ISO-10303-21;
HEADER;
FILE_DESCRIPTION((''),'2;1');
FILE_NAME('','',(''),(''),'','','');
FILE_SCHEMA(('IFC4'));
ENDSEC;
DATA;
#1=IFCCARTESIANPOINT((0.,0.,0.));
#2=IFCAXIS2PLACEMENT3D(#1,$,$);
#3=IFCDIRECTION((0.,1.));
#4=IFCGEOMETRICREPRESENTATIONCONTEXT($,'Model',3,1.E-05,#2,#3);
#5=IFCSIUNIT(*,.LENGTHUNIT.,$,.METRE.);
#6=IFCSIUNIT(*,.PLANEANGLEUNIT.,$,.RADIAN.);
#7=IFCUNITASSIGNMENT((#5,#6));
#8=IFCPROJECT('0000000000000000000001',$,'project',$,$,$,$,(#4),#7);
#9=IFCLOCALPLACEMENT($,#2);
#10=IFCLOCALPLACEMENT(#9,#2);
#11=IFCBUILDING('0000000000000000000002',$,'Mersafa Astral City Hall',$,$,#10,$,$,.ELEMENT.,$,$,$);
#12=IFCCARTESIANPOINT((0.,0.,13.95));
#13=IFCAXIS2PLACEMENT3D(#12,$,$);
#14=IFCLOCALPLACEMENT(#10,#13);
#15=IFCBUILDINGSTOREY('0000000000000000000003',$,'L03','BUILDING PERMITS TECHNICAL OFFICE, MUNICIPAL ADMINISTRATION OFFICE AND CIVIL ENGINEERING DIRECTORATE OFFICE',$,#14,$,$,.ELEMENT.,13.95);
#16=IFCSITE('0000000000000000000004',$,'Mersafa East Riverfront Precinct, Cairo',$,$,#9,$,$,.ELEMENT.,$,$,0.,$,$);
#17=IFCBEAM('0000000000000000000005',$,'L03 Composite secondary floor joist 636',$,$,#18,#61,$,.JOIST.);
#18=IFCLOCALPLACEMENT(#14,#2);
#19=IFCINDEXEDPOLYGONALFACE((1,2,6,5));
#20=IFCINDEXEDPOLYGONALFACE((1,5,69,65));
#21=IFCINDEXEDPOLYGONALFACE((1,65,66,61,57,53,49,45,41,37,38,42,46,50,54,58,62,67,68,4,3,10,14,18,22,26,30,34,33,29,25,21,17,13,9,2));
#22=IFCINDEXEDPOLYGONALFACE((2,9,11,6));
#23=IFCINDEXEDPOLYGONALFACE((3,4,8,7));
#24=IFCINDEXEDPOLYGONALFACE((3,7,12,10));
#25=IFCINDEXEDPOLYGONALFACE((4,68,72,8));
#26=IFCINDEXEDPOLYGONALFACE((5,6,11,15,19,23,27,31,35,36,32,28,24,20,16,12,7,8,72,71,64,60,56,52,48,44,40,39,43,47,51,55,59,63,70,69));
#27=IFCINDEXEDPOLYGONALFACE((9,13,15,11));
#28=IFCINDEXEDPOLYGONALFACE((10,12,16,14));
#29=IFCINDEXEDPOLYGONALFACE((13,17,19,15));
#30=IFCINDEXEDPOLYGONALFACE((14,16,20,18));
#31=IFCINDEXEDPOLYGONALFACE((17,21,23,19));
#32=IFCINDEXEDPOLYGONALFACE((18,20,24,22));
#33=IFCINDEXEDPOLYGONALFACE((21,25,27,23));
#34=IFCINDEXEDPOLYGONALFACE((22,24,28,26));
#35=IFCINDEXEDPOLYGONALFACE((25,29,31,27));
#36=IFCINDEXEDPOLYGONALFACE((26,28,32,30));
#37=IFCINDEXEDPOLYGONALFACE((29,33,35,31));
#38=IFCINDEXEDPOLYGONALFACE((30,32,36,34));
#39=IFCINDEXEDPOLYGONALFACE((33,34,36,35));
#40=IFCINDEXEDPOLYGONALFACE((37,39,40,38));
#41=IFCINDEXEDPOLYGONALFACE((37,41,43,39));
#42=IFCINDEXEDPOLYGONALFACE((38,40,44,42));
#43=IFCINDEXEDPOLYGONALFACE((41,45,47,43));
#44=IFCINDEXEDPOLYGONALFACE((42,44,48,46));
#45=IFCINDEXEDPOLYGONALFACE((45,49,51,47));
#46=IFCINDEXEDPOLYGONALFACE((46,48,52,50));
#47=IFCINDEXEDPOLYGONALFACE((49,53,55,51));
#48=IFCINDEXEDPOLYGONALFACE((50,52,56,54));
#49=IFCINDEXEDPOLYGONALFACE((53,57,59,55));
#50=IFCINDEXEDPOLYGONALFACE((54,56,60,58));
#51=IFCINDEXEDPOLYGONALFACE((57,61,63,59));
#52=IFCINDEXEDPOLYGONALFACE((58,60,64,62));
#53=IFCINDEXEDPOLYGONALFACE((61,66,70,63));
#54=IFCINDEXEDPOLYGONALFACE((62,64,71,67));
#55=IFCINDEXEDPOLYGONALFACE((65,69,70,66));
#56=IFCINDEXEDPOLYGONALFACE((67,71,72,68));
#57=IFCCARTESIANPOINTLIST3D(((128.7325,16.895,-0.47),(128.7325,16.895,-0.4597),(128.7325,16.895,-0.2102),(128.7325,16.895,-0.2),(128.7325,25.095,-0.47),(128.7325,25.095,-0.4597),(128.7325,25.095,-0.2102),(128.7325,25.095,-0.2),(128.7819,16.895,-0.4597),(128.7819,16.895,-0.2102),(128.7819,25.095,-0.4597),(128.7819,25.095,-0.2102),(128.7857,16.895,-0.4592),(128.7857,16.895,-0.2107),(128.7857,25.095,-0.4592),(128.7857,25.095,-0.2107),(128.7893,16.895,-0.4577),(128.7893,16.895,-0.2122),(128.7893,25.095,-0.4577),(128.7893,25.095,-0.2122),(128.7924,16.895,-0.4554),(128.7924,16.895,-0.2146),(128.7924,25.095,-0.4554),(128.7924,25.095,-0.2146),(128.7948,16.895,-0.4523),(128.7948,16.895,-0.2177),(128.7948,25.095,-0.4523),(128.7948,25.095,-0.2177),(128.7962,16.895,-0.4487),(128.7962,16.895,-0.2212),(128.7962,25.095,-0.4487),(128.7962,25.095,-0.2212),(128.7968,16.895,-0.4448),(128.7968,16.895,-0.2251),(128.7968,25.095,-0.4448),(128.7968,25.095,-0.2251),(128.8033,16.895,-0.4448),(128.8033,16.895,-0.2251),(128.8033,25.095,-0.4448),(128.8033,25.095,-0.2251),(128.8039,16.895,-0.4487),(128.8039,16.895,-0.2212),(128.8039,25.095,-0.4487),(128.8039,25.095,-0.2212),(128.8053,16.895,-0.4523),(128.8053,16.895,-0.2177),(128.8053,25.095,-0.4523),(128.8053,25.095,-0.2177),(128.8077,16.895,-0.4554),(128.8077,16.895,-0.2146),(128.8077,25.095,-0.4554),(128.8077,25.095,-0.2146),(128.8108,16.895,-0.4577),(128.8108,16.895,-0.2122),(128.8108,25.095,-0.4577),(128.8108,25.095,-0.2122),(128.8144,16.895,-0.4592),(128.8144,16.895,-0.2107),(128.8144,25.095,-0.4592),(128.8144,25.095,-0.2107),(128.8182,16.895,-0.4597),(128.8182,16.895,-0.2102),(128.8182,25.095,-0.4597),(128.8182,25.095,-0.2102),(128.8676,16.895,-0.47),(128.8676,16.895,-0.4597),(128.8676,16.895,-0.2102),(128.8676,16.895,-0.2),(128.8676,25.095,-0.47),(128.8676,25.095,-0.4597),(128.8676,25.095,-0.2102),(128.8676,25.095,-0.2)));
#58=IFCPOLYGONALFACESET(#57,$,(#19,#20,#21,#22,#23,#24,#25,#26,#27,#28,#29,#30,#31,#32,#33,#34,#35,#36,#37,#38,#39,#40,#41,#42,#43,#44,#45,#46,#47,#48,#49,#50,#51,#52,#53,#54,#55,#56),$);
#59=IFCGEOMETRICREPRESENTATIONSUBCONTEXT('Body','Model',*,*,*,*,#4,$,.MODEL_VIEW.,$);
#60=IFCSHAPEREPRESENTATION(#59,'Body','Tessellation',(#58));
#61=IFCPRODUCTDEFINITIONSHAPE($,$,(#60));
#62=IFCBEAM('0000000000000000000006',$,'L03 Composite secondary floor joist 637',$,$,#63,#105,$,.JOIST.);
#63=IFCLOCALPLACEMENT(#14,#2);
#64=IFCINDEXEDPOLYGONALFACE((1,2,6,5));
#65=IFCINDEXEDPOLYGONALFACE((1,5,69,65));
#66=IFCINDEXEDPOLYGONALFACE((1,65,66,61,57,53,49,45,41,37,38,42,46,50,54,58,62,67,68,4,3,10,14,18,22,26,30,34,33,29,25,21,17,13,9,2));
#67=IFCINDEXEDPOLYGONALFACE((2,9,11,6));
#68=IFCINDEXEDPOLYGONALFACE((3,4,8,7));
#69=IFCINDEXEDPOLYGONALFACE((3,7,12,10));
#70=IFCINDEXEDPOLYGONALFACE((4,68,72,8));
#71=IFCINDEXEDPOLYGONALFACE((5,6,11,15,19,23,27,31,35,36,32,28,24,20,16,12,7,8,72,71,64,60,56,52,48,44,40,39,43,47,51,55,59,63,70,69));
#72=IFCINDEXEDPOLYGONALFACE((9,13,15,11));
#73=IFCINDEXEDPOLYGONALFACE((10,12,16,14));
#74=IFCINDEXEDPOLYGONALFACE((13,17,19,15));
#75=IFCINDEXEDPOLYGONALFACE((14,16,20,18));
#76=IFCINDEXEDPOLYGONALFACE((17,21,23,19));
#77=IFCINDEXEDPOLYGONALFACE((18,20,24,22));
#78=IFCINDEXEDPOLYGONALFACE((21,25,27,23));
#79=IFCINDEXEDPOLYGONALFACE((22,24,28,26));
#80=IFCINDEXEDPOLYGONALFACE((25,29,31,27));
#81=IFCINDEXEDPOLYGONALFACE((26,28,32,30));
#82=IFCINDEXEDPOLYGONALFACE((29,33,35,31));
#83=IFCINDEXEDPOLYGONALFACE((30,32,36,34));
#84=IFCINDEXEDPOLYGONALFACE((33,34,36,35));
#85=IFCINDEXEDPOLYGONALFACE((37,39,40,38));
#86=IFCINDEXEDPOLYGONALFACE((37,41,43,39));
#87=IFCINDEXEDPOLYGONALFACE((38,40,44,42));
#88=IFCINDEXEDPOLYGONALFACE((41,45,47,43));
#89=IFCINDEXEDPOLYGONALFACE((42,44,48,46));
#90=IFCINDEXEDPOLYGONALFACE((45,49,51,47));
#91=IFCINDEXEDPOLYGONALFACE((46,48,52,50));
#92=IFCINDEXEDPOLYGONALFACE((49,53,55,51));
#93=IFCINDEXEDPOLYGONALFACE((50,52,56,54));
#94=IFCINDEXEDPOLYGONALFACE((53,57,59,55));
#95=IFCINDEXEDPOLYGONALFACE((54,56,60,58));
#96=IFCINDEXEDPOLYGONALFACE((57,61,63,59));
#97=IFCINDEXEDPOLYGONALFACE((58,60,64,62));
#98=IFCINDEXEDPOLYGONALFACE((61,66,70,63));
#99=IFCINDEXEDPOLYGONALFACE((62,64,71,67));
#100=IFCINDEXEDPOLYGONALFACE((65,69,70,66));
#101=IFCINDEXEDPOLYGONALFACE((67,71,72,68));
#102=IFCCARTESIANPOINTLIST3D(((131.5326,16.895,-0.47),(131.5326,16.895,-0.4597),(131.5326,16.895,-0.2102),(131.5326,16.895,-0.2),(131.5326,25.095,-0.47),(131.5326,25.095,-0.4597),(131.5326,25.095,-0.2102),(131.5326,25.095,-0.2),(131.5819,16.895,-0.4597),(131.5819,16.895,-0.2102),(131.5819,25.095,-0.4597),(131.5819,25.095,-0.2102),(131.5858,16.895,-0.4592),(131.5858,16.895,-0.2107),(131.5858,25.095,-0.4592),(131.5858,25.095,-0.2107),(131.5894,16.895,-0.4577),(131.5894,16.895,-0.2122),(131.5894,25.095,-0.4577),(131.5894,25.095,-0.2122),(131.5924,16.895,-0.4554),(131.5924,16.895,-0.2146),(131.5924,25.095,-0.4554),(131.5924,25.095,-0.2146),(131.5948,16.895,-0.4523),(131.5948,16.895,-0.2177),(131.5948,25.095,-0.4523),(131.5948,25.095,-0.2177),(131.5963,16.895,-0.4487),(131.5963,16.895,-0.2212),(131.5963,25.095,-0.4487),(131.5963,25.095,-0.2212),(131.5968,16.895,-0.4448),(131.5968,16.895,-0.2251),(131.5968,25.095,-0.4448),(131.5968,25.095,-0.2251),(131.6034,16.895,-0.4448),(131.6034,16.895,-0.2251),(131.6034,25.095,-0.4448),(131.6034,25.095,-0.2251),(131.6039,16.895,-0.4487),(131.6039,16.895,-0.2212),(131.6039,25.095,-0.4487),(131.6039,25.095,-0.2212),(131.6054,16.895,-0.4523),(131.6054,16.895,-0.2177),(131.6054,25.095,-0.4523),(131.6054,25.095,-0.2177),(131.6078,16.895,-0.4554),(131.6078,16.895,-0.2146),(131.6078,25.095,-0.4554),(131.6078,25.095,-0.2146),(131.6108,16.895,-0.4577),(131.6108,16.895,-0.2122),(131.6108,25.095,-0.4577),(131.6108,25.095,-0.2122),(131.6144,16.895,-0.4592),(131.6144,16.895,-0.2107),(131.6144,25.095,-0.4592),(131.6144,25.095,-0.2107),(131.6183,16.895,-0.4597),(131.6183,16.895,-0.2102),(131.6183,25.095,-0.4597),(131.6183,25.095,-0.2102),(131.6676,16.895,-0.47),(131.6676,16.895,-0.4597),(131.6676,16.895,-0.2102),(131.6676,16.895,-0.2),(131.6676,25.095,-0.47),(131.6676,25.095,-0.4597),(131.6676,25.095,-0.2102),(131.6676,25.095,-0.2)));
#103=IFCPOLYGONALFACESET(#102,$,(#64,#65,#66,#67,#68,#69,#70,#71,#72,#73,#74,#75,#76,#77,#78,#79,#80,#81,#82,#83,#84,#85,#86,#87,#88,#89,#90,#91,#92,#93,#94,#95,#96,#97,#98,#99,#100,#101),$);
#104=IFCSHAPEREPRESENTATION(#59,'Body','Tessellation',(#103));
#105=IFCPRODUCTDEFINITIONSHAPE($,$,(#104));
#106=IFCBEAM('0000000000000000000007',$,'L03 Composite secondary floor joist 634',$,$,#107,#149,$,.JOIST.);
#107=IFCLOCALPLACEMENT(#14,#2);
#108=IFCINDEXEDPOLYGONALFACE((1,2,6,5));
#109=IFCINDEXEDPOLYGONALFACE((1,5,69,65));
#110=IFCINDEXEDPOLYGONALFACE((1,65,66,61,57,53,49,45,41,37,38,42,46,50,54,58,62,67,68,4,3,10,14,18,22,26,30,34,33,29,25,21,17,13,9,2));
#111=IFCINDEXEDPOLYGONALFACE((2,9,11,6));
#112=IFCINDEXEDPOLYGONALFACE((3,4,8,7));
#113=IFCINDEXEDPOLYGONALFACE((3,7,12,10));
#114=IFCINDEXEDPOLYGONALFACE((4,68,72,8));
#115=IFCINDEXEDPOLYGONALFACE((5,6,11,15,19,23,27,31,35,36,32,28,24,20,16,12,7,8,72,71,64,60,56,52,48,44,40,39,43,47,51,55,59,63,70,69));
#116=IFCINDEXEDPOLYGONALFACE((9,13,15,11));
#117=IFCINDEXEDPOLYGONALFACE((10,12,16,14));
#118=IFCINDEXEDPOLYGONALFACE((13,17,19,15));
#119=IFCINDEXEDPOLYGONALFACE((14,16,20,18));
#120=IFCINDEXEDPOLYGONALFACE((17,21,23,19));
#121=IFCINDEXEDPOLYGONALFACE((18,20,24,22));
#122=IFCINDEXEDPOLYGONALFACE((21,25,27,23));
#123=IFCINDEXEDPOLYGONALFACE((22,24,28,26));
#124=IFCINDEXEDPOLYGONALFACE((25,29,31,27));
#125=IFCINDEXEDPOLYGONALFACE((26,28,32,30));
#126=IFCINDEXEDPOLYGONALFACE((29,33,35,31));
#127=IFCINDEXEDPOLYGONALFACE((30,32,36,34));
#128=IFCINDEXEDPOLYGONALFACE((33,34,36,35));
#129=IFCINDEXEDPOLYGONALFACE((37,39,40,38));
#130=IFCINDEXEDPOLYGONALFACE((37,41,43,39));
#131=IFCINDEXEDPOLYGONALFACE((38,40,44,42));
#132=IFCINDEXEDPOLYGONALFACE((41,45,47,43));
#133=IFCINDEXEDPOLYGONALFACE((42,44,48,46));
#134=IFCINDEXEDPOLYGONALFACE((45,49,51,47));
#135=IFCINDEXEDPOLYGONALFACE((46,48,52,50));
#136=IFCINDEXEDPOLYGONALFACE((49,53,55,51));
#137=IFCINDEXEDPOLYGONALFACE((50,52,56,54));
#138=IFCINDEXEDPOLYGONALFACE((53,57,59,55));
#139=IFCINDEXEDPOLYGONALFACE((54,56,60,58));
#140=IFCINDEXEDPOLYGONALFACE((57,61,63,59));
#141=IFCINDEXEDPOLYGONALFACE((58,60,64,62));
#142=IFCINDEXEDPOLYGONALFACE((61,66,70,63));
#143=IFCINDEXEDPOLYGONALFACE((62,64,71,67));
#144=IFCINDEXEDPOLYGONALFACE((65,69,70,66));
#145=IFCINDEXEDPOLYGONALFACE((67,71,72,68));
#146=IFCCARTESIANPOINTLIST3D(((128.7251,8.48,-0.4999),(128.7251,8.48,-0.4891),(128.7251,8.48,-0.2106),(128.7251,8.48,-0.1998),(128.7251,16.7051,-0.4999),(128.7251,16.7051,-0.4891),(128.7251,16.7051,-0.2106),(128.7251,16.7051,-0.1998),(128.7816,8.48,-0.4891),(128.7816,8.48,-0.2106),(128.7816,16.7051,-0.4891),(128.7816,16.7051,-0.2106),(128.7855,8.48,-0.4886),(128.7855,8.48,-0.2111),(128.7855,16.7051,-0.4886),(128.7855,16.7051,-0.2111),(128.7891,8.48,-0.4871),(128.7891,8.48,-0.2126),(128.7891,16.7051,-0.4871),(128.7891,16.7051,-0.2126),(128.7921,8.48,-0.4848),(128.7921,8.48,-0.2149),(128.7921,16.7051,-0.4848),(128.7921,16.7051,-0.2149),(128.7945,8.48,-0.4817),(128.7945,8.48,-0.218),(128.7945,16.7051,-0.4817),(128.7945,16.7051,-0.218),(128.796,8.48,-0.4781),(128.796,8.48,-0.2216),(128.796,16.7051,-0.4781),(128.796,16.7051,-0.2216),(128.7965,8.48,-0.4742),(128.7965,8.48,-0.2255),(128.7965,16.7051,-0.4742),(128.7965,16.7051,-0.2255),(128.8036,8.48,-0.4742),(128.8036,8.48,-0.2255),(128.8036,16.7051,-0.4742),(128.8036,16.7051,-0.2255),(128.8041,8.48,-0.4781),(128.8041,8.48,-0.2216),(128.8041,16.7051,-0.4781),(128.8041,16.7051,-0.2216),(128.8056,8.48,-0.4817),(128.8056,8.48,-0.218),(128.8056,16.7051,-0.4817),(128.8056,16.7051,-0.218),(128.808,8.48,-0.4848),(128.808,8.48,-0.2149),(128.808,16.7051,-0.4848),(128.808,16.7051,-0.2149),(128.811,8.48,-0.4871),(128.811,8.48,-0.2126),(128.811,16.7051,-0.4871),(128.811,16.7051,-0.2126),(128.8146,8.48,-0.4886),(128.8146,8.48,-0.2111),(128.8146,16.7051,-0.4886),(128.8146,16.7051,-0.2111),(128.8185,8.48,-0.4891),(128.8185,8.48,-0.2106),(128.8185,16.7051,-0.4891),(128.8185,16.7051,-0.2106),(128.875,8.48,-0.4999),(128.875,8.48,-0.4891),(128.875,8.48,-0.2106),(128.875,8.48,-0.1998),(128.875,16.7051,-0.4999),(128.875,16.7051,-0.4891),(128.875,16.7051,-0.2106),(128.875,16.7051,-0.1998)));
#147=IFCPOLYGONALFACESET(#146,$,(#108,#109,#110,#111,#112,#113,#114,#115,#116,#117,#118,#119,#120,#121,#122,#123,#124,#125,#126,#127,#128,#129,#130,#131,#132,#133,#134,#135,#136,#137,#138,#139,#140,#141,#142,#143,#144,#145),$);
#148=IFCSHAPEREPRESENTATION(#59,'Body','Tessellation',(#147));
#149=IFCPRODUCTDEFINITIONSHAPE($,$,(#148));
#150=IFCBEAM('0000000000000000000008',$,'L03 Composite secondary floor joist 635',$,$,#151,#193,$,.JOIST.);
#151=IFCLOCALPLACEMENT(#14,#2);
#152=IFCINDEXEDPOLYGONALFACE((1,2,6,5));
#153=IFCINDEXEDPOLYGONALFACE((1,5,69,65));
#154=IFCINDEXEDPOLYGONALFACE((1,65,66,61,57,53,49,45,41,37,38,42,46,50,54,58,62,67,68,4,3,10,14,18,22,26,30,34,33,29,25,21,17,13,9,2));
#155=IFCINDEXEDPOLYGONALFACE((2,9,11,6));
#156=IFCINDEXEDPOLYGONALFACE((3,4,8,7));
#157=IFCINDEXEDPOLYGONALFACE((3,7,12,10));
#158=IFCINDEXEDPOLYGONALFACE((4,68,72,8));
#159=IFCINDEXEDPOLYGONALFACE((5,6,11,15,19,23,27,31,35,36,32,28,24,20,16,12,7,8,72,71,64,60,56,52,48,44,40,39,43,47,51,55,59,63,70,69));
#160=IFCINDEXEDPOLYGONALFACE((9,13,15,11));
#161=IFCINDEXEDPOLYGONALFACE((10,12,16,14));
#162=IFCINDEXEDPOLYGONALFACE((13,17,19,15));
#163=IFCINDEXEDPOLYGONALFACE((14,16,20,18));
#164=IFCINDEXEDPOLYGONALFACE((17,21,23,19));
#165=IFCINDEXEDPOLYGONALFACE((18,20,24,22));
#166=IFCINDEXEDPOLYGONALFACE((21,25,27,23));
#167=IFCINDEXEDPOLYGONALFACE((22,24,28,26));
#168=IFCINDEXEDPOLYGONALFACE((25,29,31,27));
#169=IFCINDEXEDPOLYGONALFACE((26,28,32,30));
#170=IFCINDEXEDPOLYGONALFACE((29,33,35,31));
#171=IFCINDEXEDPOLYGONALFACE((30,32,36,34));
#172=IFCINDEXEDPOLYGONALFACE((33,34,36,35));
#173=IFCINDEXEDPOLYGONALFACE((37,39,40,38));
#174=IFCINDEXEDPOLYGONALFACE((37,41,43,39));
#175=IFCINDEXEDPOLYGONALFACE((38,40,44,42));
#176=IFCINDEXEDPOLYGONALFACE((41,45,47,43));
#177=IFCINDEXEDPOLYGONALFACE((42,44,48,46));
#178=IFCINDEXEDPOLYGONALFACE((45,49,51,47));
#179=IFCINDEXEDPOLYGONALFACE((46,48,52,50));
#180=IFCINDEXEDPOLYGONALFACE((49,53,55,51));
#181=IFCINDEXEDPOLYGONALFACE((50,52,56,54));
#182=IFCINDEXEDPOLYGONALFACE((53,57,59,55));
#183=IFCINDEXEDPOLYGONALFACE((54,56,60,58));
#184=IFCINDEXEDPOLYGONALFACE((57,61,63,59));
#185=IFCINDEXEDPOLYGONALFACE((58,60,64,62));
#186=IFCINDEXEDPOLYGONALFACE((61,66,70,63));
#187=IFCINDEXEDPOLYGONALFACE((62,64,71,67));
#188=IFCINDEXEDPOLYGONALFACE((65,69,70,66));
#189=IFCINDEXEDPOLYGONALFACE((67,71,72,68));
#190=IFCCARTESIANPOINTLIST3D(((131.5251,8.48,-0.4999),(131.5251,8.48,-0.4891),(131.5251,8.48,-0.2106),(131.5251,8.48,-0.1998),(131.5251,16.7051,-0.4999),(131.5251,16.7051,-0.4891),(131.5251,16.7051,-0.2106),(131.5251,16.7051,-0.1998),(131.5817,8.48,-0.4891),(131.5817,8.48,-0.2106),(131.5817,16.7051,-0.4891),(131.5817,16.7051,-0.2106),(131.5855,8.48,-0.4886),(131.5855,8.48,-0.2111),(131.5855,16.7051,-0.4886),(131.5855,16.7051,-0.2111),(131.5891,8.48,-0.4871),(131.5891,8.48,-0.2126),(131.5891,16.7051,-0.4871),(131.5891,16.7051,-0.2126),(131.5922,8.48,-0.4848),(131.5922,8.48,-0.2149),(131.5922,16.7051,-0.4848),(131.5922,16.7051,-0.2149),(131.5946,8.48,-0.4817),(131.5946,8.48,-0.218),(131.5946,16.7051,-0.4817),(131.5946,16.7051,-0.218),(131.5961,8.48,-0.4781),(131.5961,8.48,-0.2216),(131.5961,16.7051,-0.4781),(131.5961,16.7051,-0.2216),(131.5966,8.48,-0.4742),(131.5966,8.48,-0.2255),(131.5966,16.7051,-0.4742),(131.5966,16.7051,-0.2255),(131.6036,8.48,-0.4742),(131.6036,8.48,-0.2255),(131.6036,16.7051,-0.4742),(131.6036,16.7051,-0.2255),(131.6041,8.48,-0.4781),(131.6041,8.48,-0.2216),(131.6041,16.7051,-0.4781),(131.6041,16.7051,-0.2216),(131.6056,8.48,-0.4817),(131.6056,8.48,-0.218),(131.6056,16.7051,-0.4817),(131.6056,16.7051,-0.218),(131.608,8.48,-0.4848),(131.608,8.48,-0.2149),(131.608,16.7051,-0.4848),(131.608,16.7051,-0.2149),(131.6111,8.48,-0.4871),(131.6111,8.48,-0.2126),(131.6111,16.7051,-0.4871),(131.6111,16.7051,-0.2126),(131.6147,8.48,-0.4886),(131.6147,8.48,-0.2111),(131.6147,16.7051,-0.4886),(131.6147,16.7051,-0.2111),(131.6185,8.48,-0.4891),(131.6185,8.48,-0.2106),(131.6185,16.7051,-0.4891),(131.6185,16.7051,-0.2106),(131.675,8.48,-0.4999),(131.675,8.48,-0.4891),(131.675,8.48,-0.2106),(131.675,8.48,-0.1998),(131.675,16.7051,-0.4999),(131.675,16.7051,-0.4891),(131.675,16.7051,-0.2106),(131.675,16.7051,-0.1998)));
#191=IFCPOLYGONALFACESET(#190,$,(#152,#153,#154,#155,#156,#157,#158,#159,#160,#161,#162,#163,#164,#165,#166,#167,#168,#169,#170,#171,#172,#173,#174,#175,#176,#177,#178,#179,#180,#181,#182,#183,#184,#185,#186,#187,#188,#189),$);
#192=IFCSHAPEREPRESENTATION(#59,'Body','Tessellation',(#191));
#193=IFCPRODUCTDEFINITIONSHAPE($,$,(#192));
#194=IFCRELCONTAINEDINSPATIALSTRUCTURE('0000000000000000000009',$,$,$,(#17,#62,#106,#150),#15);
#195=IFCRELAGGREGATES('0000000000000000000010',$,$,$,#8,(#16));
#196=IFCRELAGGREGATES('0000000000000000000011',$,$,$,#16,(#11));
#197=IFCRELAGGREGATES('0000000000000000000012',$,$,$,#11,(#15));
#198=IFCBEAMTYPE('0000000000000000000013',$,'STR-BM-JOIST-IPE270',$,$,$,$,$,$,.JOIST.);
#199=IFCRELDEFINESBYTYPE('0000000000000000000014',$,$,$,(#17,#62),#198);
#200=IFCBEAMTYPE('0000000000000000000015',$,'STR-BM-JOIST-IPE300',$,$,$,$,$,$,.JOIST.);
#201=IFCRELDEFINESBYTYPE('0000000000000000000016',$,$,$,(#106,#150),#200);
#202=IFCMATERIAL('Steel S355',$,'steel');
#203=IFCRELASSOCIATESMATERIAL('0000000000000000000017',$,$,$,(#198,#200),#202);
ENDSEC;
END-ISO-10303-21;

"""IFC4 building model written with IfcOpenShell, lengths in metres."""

from ifc_helpers import new_model, si_unit, direction, frame, origin, origin_2d, place, context, subcontext, project, spatial, i_section, extrude, material, material_profile, profile_set, type_object, element, save


model = new_model("IFC4")

# Units and contexts
model_context = context("Model", 3, precision=1e-05, world=origin(), true_north=direction((0.0, 1.0)))
body_context = subcontext(model_context, "Body", "Model", "MODEL_VIEW")
ifc_project = project(units=[si_unit("LENGTHUNIT", "METRE"), si_unit("PLANEANGLEUNIT", "RADIAN")], contexts=[model_context])

# Site, building, storey
site_placement = place(None, origin())
site = spatial("IfcSite", under=ifc_project, at=site_placement, Name="Mersafa East Riverfront Precinct, Cairo", CompositionType="ELEMENT", RefElevation=0.0)
building_placement = place(site_placement, origin())
building = spatial("IfcBuilding", under=site, at=building_placement, Name="Mersafa Astral City Hall", CompositionType="ELEMENT")
storey_placement = place(building_placement, frame((0.0, 0.0, 13.95)))
storey = spatial("IfcBuildingStorey", under=building, at=storey_placement, Name="L03", Description="BUILDING PERMITS TECHNICAL OFFICE, MUNICIPAL ADMINISTRATION OFFICE AND CIVIL ENGINEERING DIRECTORATE OFFICE", CompositionType="ELEMENT", Elevation=13.95)

# Shared definitions
ifc_material_1 = material(Name="Steel S355", Category="steel")

# Beams
ifc_material_profile_1 = material_profile(ifc_material_1, i_section(OverallWidth=0.135, OverallDepth=0.27, WebThickness=0.0066, FlangeThickness=0.0103, FilletRadius=0.0149, at=origin_2d()), Name="IPE 270")
ifc_profile_set_1 = profile_set([ifc_material_profile_1], Name="Steel S355")
beam_type_1 = type_object("IfcBeamType", Name="STR-BM-JOIST-IPE270", PredefinedType="JOIST", material=ifc_profile_set_1)
for number, where, z_axis, x_axis, name in (
    (1, (128.8, 16.895, -0.335), (0.0, 1.0, 0.0), (-1.0, 0.0, 0.0), "L03 Composite secondary floor joist 636"),
    (2, (131.6001, 16.895, -0.335), (0.0, 1.0, 0.0), (-1.0, 0.0, 0.0), "L03 Composite secondary floor joist 637"),
):
    element("IfcBeam", number, at=place(storey_placement, frame(where, z_axis=z_axis, x_axis=x_axis)), inside=storey, type_object=beam_type_1, Name=name, PredefinedType="JOIST", context=body_context, shape_type="SweptSolid", body=[
        extrude(i_section(OverallWidth=0.135, OverallDepth=0.27, WebThickness=0.0066, FlangeThickness=0.0103, FilletRadius=0.0149, at=origin_2d()), origin(), (0.0, 0.0, 1.0), 8.2),
    ])
ifc_material_profile_2 = material_profile(ifc_material_1, i_section(OverallWidth=0.1499, OverallDepth=0.3, WebThickness=0.0071, FlangeThickness=0.0107, FilletRadius=0.0149, at=origin_2d()), Name="IPE 300")
ifc_profile_set_2 = profile_set([ifc_material_profile_2], Name="Steel S355")
beam_type_2 = type_object("IfcBeamType", Name="STR-BM-JOIST-IPE300", PredefinedType="JOIST", material=ifc_profile_set_2)
for number, where, z_axis, x_axis, name in (
    (3, (128.8, 8.48, -0.3499), (0.0, 1.0, 0.0), (-1.0, 0.0, 0.0), "L03 Composite secondary floor joist 634"),
    (4, (131.6001, 8.48, -0.3499), (0.0, 1.0, 0.0), (-1.0, 0.0, 0.0), "L03 Composite secondary floor joist 635"),
):
    element("IfcBeam", number, at=place(storey_placement, frame(where, z_axis=z_axis, x_axis=x_axis)), inside=storey, type_object=beam_type_2, Name=name, PredefinedType="JOIST", context=body_context, shape_type="SweptSolid", body=[
        extrude(i_section(OverallWidth=0.1499, OverallDepth=0.3, WebThickness=0.0071, FlangeThickness=0.0107, FilletRadius=0.0149, at=origin_2d()), origin(), (0.0, 0.0, 1.0), 8.2251),
    ])

save(model, "model.ifc")
